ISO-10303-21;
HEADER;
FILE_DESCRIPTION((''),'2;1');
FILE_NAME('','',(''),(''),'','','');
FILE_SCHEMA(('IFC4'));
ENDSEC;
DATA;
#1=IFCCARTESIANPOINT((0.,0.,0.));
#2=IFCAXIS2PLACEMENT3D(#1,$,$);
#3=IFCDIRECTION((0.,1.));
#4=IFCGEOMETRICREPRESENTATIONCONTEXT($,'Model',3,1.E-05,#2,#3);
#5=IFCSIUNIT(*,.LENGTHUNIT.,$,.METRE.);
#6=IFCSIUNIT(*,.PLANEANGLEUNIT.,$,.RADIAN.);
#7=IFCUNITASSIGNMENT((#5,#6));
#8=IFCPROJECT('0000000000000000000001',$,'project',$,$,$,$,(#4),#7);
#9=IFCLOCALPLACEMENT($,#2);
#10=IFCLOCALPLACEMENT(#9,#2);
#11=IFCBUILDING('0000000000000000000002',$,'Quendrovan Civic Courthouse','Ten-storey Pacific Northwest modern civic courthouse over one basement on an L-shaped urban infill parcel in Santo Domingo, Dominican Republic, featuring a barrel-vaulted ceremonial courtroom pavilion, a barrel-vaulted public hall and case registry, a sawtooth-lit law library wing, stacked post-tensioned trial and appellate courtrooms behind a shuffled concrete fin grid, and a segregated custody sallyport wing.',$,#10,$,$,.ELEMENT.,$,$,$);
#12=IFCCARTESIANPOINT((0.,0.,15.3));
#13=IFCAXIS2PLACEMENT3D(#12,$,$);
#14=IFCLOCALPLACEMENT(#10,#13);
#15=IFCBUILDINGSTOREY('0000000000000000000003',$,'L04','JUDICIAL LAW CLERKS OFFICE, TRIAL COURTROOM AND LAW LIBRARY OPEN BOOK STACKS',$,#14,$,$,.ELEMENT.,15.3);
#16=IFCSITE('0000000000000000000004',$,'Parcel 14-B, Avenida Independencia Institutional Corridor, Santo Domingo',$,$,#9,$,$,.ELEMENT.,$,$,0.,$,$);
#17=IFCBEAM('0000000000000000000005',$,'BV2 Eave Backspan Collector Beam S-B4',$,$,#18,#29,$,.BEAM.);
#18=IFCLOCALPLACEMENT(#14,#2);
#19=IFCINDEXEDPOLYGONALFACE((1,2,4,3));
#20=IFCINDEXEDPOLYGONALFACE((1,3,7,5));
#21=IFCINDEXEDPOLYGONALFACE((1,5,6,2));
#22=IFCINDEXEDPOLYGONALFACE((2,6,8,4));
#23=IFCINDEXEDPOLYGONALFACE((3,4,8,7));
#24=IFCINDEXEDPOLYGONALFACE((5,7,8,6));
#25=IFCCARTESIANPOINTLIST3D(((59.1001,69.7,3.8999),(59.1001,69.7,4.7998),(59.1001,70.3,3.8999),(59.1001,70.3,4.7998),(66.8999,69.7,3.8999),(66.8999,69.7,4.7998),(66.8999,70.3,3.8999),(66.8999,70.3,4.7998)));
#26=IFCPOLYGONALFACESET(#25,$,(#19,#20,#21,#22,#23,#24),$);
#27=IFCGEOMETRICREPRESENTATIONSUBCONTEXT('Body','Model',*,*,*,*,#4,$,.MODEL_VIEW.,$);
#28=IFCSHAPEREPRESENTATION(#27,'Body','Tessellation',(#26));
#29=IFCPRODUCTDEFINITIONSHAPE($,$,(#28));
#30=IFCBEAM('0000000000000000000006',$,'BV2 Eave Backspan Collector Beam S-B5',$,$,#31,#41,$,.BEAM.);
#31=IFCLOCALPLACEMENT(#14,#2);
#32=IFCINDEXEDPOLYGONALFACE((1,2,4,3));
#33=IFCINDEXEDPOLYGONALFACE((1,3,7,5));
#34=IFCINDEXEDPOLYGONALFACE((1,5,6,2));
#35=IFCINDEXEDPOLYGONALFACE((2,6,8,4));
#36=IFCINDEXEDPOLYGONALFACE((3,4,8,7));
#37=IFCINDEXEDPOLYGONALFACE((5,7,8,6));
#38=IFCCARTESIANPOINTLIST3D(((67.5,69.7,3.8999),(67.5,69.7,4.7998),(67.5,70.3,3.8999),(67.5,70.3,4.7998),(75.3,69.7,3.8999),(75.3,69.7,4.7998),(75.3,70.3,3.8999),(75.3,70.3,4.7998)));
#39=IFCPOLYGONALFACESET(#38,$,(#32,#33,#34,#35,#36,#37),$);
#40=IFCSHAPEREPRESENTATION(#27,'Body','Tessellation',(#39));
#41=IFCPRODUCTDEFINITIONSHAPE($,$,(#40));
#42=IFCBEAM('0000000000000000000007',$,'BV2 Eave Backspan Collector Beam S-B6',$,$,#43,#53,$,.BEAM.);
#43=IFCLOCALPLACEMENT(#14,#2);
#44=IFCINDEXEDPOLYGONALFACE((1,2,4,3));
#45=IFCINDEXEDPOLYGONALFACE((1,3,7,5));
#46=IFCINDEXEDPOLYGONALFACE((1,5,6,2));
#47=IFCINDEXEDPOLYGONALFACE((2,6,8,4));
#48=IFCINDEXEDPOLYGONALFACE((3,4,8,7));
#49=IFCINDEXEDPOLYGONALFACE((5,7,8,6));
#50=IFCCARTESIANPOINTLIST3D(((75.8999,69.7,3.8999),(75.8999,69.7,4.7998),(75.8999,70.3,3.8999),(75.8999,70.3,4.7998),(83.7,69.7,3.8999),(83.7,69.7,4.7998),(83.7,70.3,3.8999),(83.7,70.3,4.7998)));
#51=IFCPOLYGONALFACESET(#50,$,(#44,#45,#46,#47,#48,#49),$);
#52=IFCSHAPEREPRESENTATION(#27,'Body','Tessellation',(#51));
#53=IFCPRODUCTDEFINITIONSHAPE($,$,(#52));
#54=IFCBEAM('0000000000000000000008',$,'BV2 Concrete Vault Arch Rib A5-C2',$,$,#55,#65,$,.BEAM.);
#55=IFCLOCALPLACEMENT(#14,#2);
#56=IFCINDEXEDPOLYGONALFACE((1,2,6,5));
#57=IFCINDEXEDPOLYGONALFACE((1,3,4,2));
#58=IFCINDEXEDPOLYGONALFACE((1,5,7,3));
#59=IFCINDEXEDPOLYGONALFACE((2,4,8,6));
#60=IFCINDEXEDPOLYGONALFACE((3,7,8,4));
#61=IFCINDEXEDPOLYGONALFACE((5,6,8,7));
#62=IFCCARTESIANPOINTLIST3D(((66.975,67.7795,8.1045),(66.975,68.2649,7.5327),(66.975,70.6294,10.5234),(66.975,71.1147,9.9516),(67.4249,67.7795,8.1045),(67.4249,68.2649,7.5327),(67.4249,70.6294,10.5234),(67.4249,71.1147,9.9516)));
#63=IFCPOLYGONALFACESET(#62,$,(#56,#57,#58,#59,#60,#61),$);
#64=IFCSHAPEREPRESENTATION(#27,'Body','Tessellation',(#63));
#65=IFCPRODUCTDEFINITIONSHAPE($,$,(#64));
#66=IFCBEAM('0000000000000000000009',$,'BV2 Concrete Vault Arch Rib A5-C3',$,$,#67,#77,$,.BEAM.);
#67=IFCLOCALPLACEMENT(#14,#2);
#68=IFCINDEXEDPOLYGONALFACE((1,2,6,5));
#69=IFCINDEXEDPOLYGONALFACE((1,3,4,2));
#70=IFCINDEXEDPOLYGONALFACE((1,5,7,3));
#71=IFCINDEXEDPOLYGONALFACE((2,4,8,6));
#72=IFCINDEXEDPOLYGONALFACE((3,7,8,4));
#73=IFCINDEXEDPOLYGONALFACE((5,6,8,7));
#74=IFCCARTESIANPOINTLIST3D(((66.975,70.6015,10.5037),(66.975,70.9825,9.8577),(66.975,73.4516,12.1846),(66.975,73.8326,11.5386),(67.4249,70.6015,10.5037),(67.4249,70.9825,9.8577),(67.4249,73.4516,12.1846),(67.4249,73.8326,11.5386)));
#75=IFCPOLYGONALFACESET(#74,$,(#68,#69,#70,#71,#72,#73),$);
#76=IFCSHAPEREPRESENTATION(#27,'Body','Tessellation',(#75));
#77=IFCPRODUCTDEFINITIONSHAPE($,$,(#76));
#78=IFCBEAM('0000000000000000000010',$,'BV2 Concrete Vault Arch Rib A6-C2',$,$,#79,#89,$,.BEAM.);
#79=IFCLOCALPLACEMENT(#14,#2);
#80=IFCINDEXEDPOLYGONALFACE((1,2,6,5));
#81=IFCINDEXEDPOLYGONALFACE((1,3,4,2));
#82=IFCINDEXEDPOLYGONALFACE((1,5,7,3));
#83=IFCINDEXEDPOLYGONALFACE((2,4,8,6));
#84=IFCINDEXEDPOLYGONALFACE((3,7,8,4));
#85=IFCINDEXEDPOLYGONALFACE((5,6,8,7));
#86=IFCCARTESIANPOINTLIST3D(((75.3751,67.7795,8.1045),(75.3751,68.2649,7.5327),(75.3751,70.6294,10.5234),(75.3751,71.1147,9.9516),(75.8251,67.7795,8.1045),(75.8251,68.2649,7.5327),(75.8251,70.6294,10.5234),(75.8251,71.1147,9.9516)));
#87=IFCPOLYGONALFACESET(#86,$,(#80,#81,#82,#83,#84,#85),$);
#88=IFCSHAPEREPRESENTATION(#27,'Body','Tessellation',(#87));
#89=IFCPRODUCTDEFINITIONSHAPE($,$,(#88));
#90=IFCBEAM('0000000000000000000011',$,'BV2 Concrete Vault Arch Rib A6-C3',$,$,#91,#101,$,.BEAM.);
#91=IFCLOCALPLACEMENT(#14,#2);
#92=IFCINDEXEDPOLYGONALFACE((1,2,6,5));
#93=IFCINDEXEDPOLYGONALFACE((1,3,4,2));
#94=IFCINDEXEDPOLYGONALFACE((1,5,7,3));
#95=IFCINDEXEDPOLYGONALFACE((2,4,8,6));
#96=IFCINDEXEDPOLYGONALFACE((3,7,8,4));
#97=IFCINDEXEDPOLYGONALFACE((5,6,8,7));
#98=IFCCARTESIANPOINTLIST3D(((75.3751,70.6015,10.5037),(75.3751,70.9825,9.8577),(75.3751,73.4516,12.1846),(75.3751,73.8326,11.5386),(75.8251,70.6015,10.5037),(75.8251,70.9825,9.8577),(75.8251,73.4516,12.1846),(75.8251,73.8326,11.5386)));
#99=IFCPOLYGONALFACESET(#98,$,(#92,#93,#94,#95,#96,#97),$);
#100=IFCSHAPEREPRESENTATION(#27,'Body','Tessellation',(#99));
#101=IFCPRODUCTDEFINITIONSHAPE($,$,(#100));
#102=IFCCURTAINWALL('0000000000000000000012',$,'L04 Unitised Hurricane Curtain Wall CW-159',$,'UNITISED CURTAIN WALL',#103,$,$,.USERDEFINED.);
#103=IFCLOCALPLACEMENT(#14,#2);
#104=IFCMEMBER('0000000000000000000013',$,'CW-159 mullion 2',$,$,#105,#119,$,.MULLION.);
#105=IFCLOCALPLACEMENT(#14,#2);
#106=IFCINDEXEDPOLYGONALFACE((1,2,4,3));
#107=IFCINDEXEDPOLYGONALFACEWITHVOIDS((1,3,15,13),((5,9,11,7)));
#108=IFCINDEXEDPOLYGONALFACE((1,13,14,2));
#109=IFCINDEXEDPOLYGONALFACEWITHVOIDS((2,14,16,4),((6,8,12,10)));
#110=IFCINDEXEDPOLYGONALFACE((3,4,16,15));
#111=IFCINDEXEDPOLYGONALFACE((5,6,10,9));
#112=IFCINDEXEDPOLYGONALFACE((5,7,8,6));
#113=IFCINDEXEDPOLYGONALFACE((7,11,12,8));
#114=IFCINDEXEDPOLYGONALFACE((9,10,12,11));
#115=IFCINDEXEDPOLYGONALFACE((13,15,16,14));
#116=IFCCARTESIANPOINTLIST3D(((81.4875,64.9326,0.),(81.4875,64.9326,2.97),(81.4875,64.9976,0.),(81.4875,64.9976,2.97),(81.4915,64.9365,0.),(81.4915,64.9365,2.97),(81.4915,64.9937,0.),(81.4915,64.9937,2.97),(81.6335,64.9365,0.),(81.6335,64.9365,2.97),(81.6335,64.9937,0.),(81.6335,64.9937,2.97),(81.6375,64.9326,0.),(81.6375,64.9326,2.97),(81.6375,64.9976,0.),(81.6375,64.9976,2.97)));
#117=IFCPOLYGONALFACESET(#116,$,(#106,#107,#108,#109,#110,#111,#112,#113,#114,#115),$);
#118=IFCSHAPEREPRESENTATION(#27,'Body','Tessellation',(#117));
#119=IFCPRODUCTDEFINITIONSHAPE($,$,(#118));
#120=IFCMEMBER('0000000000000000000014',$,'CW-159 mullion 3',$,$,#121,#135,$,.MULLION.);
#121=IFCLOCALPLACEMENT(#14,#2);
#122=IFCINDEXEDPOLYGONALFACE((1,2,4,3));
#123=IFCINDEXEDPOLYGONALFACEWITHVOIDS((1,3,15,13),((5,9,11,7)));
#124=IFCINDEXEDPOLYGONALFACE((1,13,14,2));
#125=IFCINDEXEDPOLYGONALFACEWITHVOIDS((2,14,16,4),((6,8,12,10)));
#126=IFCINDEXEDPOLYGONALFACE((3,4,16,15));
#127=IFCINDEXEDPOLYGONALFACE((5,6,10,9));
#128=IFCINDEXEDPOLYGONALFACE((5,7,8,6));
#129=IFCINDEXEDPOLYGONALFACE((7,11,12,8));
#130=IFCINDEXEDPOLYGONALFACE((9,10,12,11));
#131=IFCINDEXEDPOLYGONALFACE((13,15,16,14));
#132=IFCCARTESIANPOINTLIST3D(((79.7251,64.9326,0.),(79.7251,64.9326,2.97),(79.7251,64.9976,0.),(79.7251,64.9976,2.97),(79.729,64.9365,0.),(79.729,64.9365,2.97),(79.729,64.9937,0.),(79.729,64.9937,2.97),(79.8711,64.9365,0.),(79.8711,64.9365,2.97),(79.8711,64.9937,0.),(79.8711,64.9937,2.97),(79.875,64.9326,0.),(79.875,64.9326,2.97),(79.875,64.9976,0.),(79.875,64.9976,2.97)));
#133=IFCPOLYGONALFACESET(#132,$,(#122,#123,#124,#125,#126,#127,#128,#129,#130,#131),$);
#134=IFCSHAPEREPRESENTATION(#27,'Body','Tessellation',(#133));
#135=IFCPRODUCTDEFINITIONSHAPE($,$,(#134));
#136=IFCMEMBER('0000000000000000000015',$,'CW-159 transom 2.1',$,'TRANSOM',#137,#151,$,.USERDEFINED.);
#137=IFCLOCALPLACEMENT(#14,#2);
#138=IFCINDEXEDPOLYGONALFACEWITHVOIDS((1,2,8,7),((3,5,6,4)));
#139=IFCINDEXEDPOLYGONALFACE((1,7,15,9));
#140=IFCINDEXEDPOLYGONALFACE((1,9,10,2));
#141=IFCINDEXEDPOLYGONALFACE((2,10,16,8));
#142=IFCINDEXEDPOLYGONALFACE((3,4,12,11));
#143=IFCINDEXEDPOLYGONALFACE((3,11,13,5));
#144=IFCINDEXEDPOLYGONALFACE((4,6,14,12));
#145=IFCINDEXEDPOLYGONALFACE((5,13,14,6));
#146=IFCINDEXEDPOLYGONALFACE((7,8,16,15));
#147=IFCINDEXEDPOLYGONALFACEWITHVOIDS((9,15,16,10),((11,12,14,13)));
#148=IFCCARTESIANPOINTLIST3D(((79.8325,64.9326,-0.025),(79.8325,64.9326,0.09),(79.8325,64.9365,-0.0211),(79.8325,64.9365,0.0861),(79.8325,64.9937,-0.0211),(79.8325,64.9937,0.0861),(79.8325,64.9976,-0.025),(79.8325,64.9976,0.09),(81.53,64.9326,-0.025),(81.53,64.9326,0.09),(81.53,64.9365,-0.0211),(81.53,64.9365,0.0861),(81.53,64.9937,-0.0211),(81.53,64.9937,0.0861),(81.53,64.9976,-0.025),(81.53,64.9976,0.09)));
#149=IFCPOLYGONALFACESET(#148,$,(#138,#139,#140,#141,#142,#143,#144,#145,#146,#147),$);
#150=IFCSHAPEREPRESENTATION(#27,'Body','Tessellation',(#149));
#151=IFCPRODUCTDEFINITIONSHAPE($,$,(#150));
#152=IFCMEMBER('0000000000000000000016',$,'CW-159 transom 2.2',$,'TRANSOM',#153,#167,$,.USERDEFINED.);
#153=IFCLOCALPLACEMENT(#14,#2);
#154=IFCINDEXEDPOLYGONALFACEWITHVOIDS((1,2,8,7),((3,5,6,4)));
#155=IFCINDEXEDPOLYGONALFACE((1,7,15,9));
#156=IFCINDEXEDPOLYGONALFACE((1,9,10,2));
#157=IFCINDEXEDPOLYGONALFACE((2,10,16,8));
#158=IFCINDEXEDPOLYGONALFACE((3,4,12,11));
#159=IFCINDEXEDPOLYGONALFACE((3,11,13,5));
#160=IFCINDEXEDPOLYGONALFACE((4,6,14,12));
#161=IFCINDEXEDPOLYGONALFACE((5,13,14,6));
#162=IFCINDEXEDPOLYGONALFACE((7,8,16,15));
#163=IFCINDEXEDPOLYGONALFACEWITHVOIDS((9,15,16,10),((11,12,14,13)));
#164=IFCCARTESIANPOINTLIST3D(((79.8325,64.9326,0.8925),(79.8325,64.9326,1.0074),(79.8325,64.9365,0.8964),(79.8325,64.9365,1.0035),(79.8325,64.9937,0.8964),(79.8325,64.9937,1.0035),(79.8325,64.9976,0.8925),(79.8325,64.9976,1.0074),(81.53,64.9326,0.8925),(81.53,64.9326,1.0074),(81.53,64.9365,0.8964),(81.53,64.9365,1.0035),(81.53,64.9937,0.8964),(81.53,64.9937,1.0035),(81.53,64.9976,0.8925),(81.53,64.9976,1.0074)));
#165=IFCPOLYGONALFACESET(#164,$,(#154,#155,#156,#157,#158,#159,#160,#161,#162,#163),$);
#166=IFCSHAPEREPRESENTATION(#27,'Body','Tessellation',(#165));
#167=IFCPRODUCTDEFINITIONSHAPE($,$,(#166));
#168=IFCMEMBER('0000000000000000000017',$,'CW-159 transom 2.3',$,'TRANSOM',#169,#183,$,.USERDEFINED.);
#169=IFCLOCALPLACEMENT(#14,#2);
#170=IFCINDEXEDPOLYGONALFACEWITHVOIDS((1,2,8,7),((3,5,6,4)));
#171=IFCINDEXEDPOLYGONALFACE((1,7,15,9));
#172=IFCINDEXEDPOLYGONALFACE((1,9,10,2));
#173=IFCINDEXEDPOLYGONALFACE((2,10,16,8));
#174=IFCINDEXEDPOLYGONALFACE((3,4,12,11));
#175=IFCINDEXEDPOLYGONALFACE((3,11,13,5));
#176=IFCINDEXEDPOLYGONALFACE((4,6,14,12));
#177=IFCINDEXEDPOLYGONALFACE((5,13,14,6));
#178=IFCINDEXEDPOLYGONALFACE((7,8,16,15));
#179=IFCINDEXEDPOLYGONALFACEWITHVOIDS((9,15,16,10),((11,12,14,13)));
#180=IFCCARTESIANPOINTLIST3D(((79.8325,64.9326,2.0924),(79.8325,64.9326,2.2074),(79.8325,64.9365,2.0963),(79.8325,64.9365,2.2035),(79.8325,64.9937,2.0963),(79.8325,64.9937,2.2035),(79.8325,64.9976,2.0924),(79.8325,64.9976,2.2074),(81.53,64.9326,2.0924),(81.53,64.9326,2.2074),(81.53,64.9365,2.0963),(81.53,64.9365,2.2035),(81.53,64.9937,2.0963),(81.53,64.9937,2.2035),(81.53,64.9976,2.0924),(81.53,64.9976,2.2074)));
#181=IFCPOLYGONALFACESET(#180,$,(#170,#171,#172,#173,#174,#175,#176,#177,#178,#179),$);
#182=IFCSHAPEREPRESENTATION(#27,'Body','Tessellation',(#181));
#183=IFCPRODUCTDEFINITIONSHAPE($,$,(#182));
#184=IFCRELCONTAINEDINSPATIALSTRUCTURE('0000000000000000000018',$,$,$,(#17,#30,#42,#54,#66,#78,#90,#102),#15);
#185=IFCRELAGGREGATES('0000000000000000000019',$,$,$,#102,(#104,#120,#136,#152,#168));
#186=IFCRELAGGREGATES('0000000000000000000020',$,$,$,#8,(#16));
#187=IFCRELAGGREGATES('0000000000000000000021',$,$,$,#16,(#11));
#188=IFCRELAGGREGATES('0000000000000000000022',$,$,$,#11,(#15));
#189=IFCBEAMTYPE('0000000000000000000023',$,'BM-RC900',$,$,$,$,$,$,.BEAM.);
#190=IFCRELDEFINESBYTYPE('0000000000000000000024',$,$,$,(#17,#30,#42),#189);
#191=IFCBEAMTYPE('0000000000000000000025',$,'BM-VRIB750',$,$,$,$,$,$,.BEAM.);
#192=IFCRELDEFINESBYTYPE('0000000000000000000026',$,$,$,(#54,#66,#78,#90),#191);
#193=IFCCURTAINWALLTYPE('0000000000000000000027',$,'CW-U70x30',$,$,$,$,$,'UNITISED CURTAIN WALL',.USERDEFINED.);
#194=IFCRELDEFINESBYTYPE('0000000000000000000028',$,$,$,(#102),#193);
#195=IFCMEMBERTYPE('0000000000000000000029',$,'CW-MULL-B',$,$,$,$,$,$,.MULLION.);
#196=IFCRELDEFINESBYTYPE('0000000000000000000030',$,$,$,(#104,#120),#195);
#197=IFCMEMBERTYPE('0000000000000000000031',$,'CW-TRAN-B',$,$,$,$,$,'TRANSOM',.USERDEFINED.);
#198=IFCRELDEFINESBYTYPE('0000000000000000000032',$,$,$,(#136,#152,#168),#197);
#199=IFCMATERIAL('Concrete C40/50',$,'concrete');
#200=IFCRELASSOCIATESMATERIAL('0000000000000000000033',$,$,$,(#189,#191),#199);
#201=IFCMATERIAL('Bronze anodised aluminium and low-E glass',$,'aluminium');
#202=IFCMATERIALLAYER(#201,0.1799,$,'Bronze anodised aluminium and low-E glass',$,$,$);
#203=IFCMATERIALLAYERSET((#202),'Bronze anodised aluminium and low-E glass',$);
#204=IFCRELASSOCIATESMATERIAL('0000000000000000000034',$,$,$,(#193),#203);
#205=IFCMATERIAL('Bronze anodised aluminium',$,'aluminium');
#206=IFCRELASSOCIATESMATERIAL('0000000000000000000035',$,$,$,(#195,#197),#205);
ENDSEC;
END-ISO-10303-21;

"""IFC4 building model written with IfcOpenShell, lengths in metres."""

from ifc_helpers import new_model, si_unit, direction, frame, origin, origin_2d, place, context, subcontext, project, spatial, rectangle, hollow_rectangle, extrude, material, layer, layer_set, material_profile, profile_set, type_object, element, aggregate, save


model = new_model("IFC4")

# Units and contexts
model_context = context("Model", 3, precision=1e-05, world=origin(), true_north=direction((0.0, 1.0)))
body_context = subcontext(model_context, "Body", "Model", "MODEL_VIEW")
ifc_project = project(units=[si_unit("LENGTHUNIT", "METRE"), si_unit("PLANEANGLEUNIT", "RADIAN")], contexts=[model_context])

# Site, building, storey
site_placement = place(None, origin())
site = spatial("IfcSite", under=ifc_project, at=site_placement, Name="Parcel 14-B, Avenida Independencia Institutional Corridor, Santo Domingo", CompositionType="ELEMENT", RefElevation=0.0)
building_placement = place(site_placement, origin())
building = spatial("IfcBuilding", under=site, at=building_placement, Name="Quendrovan Civic Courthouse", Description="Ten-storey Pacific Northwest modern civic courthouse over one basement on an L-shaped urban infill parcel in Santo Domingo, Dominican Republic, featuring a barrel-vaulted ceremonial courtroom pavilion, a barrel-vaulted public hall and case registry, a sawtooth-lit law library wing, stacked post-tensioned trial and appellate courtrooms behind a shuffled concrete fin grid, and a segregated custody sallyport wing.", CompositionType="ELEMENT")
storey_placement = place(building_placement, frame((0.0, 0.0, 15.3)))
storey = spatial("IfcBuildingStorey", under=building, at=storey_placement, Name="L04", Description="JUDICIAL LAW CLERKS OFFICE, TRIAL COURTROOM AND LAW LIBRARY OPEN BOOK STACKS", CompositionType="ELEMENT", Elevation=15.3)

# Beams
ifc_material_1 = material(Name="Concrete C40/50", Category="concrete")
ifc_material_profile_1 = material_profile(ifc_material_1, rectangle(XDim=0.6001, YDim=0.8999, at=origin_2d()), Name="RC-BM-600x900")
ifc_profile_set_1 = profile_set([ifc_material_profile_1], Name="Concrete C40/50")
beam_type_1 = type_object("IfcBeamType", Name="BM-RC900", PredefinedType="BEAM", material=ifc_profile_set_1)
beam_1_placement = place(storey_placement, frame((59.1001, 70.0, 4.3499), z_axis=(1.0, 0.0, 0.0), x_axis=(0.0, 1.0, 0.0)))
element("IfcBeam", 1, at=beam_1_placement, inside=storey, type_object=beam_type_1, Name="BV2 Eave Backspan Collector Beam S-B4", PredefinedType="BEAM", context=body_context, shape_type="SweptSolid", body=[
    extrude(rectangle(XDim=0.6001, YDim=0.8999, at=origin_2d()), origin(), (0.0, 0.0, 1.0), 7.7998),
])
for number, where, z_axis, x_axis, name in (
    (2, (67.5, 70.0, 4.3499), (1.0, 0.0, 0.0), (0.0, 1.0, 0.0), "BV2 Eave Backspan Collector Beam S-B5"),
    (3, (75.8999, 70.0, 4.3499), (1.0, 0.0, 0.0), (0.0, 1.0, 0.0), "BV2 Eave Backspan Collector Beam S-B6"),
):
    element("IfcBeam", number, at=place(storey_placement, frame(where, z_axis=z_axis, x_axis=x_axis)), inside=storey, type_object=beam_type_1, Name=name, PredefinedType="BEAM", context=body_context, shape_type="SweptSolid", body=[
        extrude(rectangle(XDim=0.6001, YDim=0.8999, at=origin_2d()), origin(), (0.0, 0.0, 1.0), 7.8),
    ])
ifc_material_profile_2 = material_profile(ifc_material_1, rectangle(XDim=0.45, YDim=0.75, at=origin_2d()), Name="RC-VRIB-450x750")
ifc_profile_set_2 = profile_set([ifc_material_profile_2], Name="Concrete C40/50")
beam_type_2 = type_object("IfcBeamType", Name="BM-VRIB750", PredefinedType="BEAM", material=ifc_profile_set_2)
beam_2_placement = place(storey_placement, frame((67.2, 68.0222, 7.8186), z_axis=(0.0, 0.762392, 0.647116), x_axis=(-1.0, 0.0, 0.0)))
element("IfcBeam", 4, at=beam_2_placement, inside=storey, type_object=beam_type_2, Name="BV2 Concrete Vault Arch Rib A5-C2", PredefinedType="BEAM", context=body_context, shape_type="SweptSolid", body=[
    extrude(rectangle(XDim=0.45, YDim=0.75, at=origin_2d()), origin(), (0.0, 0.0, 1.0), 3.738),
])
beam_3_placement = place(storey_placement, frame((67.2, 70.792, 10.1807), z_axis=(0.0, 0.861355, 0.508003), x_axis=(-1.0, 0.0, 0.0)))
element("IfcBeam", 5, at=beam_3_placement, inside=storey, type_object=beam_type_2, Name="BV2 Concrete Vault Arch Rib A5-C3", PredefinedType="BEAM", context=body_context, shape_type="SweptSolid", body=[
    extrude(rectangle(XDim=0.45, YDim=0.75, at=origin_2d()), origin(), (0.0, 0.0, 1.0), 3.3088),
])
beam_4_placement = place(storey_placement, frame((75.6001, 68.0222, 7.8186), z_axis=(0.0, 0.762392, 0.647116), x_axis=(-1.0, 0.0, 0.0)))
element("IfcBeam", 6, at=beam_4_placement, inside=storey, type_object=beam_type_2, Name="BV2 Concrete Vault Arch Rib A6-C2", PredefinedType="BEAM", context=body_context, shape_type="SweptSolid", body=[
    extrude(rectangle(XDim=0.45, YDim=0.75, at=origin_2d()), origin(), (0.0, 0.0, 1.0), 3.738),
])
beam_5_placement = place(storey_placement, frame((75.6001, 70.792, 10.1807), z_axis=(0.0, 0.861355, 0.508003), x_axis=(-1.0, 0.0, 0.0)))
element("IfcBeam", 7, at=beam_5_placement, inside=storey, type_object=beam_type_2, Name="BV2 Concrete Vault Arch Rib A6-C3", PredefinedType="BEAM", context=body_context, shape_type="SweptSolid", body=[
    extrude(rectangle(XDim=0.45, YDim=0.75, at=origin_2d()), origin(), (0.0, 0.0, 1.0), 3.3088),
])

# Curtain wall, members
ifc_material_2 = material(Name="Bronze anodised aluminium and low-E glass", Category="aluminium")
ifc_layer_1 = layer(ifc_material_2, 0.1799, Name="Bronze anodised aluminium and low-E glass")
ifc_layer_set_1 = layer_set([ifc_layer_1], Name="Bronze anodised aluminium and low-E glass")
curtain_wall_type = type_object("IfcCurtainWallType", Name="CW-U70x30", ElementType="UNITISED CURTAIN WALL", PredefinedType="USERDEFINED", material=ifc_layer_set_1)
curtain_wall_placement = place(storey_placement, origin())
curtain_wall = element("IfcCurtainWall", 8, at=curtain_wall_placement, inside=storey, type_object=curtain_wall_type, Name="L04 Unitised Hurricane Curtain Wall CW-159", ObjectType="UNITISED CURTAIN WALL", PredefinedType="USERDEFINED")
ifc_material_3 = material(Name="Bronze anodised aluminium", Category="aluminium")
ifc_material_profile_3 = material_profile(ifc_material_3, hollow_rectangle(XDim=0.0649, YDim=0.1499, WallThickness=0.0039, at=origin_2d()), Name="CW-MULL-65x150")
ifc_profile_set_3 = profile_set([ifc_material_profile_3], Name="Bronze anodised aluminium")
member_type_1 = type_object("IfcMemberType", Name="CW-MULL-B", PredefinedType="MULLION", material=ifc_profile_set_3)
member_1_placement = place(storey_placement, frame((81.5625, 64.9651, 0.0), z_axis=(0.0, 0.0, 1.0), x_axis=(0.0, -1.0, 0.0)))
member_1 = element("IfcMember", 9, at=member_1_placement, type_object=member_type_1, Name="CW-159 mullion 2", PredefinedType="MULLION", context=body_context, shape_type="SweptSolid", body=[
    extrude(hollow_rectangle(XDim=0.0649, YDim=0.1499, WallThickness=0.0039, at=origin_2d()), origin(), (0.0, 0.0, 1.0), 2.97),
])
member_2_placement = place(storey_placement, frame((79.8, 64.9651, 0.0), z_axis=(0.0, 0.0, 1.0), x_axis=(0.0, -1.0, 0.0)))
member_2 = element("IfcMember", 10, at=member_2_placement, type_object=member_type_1, Name="CW-159 mullion 3", PredefinedType="MULLION", context=body_context, shape_type="SweptSolid", body=[
    extrude(hollow_rectangle(XDim=0.0649, YDim=0.1499, WallThickness=0.0039, at=origin_2d()), origin(), (0.0, 0.0, 1.0), 2.97),
])
ifc_material_profile_4 = material_profile(ifc_material_3, hollow_rectangle(XDim=0.0649, YDim=0.115, WallThickness=0.0039, at=origin_2d()), Name="CW-TRAN-65x115")
ifc_profile_set_4 = profile_set([ifc_material_profile_4], Name="Bronze anodised aluminium")
member_type_2 = type_object("IfcMemberType", Name="CW-TRAN-B", ElementType="TRANSOM", PredefinedType="USERDEFINED", material=ifc_profile_set_4)
member_3_placement = place(storey_placement, frame((81.53, 64.9651, 0.0325), z_axis=(-1.0, 0.0, 0.0), x_axis=(0.0, -1.0, 0.0)))
member_3 = element("IfcMember", 11, at=member_3_placement, type_object=member_type_2, Name="CW-159 transom 2.1", ObjectType="TRANSOM", PredefinedType="USERDEFINED", context=body_context, shape_type="SweptSolid", body=[
    extrude(hollow_rectangle(XDim=0.0649, YDim=0.115, WallThickness=0.0039, at=origin_2d()), origin(), (0.0, 0.0, 1.0), 1.6975),
])
member_4_placement = place(storey_placement, frame((81.53, 64.9651, 0.95), z_axis=(-1.0, 0.0, 0.0), x_axis=(0.0, -1.0, 0.0)))
member_4 = element("IfcMember", 12, at=member_4_placement, type_object=member_type_2, Name="CW-159 transom 2.2", ObjectType="TRANSOM", PredefinedType="USERDEFINED", context=body_context, shape_type="SweptSolid", body=[
    extrude(hollow_rectangle(XDim=0.0649, YDim=0.115, WallThickness=0.0039, at=origin_2d()), origin(), (0.0, 0.0, 1.0), 1.6975),
])
member_5_placement = place(storey_placement, frame((81.53, 64.9651, 2.1499), z_axis=(-1.0, 0.0, 0.0), x_axis=(0.0, -1.0, 0.0)))
member_5 = element("IfcMember", 13, at=member_5_placement, type_object=member_type_2, Name="CW-159 transom 2.3", ObjectType="TRANSOM", PredefinedType="USERDEFINED", context=body_context, shape_type="SweptSolid", body=[
    extrude(hollow_rectangle(XDim=0.0649, YDim=0.115, WallThickness=0.0039, at=origin_2d()), origin(), (0.0, 0.0, 1.0), 1.6975),
])

aggregate(curtain_wall, [member_1, member_2, member_3, member_4, member_5])

save(model, "model.ifc")
